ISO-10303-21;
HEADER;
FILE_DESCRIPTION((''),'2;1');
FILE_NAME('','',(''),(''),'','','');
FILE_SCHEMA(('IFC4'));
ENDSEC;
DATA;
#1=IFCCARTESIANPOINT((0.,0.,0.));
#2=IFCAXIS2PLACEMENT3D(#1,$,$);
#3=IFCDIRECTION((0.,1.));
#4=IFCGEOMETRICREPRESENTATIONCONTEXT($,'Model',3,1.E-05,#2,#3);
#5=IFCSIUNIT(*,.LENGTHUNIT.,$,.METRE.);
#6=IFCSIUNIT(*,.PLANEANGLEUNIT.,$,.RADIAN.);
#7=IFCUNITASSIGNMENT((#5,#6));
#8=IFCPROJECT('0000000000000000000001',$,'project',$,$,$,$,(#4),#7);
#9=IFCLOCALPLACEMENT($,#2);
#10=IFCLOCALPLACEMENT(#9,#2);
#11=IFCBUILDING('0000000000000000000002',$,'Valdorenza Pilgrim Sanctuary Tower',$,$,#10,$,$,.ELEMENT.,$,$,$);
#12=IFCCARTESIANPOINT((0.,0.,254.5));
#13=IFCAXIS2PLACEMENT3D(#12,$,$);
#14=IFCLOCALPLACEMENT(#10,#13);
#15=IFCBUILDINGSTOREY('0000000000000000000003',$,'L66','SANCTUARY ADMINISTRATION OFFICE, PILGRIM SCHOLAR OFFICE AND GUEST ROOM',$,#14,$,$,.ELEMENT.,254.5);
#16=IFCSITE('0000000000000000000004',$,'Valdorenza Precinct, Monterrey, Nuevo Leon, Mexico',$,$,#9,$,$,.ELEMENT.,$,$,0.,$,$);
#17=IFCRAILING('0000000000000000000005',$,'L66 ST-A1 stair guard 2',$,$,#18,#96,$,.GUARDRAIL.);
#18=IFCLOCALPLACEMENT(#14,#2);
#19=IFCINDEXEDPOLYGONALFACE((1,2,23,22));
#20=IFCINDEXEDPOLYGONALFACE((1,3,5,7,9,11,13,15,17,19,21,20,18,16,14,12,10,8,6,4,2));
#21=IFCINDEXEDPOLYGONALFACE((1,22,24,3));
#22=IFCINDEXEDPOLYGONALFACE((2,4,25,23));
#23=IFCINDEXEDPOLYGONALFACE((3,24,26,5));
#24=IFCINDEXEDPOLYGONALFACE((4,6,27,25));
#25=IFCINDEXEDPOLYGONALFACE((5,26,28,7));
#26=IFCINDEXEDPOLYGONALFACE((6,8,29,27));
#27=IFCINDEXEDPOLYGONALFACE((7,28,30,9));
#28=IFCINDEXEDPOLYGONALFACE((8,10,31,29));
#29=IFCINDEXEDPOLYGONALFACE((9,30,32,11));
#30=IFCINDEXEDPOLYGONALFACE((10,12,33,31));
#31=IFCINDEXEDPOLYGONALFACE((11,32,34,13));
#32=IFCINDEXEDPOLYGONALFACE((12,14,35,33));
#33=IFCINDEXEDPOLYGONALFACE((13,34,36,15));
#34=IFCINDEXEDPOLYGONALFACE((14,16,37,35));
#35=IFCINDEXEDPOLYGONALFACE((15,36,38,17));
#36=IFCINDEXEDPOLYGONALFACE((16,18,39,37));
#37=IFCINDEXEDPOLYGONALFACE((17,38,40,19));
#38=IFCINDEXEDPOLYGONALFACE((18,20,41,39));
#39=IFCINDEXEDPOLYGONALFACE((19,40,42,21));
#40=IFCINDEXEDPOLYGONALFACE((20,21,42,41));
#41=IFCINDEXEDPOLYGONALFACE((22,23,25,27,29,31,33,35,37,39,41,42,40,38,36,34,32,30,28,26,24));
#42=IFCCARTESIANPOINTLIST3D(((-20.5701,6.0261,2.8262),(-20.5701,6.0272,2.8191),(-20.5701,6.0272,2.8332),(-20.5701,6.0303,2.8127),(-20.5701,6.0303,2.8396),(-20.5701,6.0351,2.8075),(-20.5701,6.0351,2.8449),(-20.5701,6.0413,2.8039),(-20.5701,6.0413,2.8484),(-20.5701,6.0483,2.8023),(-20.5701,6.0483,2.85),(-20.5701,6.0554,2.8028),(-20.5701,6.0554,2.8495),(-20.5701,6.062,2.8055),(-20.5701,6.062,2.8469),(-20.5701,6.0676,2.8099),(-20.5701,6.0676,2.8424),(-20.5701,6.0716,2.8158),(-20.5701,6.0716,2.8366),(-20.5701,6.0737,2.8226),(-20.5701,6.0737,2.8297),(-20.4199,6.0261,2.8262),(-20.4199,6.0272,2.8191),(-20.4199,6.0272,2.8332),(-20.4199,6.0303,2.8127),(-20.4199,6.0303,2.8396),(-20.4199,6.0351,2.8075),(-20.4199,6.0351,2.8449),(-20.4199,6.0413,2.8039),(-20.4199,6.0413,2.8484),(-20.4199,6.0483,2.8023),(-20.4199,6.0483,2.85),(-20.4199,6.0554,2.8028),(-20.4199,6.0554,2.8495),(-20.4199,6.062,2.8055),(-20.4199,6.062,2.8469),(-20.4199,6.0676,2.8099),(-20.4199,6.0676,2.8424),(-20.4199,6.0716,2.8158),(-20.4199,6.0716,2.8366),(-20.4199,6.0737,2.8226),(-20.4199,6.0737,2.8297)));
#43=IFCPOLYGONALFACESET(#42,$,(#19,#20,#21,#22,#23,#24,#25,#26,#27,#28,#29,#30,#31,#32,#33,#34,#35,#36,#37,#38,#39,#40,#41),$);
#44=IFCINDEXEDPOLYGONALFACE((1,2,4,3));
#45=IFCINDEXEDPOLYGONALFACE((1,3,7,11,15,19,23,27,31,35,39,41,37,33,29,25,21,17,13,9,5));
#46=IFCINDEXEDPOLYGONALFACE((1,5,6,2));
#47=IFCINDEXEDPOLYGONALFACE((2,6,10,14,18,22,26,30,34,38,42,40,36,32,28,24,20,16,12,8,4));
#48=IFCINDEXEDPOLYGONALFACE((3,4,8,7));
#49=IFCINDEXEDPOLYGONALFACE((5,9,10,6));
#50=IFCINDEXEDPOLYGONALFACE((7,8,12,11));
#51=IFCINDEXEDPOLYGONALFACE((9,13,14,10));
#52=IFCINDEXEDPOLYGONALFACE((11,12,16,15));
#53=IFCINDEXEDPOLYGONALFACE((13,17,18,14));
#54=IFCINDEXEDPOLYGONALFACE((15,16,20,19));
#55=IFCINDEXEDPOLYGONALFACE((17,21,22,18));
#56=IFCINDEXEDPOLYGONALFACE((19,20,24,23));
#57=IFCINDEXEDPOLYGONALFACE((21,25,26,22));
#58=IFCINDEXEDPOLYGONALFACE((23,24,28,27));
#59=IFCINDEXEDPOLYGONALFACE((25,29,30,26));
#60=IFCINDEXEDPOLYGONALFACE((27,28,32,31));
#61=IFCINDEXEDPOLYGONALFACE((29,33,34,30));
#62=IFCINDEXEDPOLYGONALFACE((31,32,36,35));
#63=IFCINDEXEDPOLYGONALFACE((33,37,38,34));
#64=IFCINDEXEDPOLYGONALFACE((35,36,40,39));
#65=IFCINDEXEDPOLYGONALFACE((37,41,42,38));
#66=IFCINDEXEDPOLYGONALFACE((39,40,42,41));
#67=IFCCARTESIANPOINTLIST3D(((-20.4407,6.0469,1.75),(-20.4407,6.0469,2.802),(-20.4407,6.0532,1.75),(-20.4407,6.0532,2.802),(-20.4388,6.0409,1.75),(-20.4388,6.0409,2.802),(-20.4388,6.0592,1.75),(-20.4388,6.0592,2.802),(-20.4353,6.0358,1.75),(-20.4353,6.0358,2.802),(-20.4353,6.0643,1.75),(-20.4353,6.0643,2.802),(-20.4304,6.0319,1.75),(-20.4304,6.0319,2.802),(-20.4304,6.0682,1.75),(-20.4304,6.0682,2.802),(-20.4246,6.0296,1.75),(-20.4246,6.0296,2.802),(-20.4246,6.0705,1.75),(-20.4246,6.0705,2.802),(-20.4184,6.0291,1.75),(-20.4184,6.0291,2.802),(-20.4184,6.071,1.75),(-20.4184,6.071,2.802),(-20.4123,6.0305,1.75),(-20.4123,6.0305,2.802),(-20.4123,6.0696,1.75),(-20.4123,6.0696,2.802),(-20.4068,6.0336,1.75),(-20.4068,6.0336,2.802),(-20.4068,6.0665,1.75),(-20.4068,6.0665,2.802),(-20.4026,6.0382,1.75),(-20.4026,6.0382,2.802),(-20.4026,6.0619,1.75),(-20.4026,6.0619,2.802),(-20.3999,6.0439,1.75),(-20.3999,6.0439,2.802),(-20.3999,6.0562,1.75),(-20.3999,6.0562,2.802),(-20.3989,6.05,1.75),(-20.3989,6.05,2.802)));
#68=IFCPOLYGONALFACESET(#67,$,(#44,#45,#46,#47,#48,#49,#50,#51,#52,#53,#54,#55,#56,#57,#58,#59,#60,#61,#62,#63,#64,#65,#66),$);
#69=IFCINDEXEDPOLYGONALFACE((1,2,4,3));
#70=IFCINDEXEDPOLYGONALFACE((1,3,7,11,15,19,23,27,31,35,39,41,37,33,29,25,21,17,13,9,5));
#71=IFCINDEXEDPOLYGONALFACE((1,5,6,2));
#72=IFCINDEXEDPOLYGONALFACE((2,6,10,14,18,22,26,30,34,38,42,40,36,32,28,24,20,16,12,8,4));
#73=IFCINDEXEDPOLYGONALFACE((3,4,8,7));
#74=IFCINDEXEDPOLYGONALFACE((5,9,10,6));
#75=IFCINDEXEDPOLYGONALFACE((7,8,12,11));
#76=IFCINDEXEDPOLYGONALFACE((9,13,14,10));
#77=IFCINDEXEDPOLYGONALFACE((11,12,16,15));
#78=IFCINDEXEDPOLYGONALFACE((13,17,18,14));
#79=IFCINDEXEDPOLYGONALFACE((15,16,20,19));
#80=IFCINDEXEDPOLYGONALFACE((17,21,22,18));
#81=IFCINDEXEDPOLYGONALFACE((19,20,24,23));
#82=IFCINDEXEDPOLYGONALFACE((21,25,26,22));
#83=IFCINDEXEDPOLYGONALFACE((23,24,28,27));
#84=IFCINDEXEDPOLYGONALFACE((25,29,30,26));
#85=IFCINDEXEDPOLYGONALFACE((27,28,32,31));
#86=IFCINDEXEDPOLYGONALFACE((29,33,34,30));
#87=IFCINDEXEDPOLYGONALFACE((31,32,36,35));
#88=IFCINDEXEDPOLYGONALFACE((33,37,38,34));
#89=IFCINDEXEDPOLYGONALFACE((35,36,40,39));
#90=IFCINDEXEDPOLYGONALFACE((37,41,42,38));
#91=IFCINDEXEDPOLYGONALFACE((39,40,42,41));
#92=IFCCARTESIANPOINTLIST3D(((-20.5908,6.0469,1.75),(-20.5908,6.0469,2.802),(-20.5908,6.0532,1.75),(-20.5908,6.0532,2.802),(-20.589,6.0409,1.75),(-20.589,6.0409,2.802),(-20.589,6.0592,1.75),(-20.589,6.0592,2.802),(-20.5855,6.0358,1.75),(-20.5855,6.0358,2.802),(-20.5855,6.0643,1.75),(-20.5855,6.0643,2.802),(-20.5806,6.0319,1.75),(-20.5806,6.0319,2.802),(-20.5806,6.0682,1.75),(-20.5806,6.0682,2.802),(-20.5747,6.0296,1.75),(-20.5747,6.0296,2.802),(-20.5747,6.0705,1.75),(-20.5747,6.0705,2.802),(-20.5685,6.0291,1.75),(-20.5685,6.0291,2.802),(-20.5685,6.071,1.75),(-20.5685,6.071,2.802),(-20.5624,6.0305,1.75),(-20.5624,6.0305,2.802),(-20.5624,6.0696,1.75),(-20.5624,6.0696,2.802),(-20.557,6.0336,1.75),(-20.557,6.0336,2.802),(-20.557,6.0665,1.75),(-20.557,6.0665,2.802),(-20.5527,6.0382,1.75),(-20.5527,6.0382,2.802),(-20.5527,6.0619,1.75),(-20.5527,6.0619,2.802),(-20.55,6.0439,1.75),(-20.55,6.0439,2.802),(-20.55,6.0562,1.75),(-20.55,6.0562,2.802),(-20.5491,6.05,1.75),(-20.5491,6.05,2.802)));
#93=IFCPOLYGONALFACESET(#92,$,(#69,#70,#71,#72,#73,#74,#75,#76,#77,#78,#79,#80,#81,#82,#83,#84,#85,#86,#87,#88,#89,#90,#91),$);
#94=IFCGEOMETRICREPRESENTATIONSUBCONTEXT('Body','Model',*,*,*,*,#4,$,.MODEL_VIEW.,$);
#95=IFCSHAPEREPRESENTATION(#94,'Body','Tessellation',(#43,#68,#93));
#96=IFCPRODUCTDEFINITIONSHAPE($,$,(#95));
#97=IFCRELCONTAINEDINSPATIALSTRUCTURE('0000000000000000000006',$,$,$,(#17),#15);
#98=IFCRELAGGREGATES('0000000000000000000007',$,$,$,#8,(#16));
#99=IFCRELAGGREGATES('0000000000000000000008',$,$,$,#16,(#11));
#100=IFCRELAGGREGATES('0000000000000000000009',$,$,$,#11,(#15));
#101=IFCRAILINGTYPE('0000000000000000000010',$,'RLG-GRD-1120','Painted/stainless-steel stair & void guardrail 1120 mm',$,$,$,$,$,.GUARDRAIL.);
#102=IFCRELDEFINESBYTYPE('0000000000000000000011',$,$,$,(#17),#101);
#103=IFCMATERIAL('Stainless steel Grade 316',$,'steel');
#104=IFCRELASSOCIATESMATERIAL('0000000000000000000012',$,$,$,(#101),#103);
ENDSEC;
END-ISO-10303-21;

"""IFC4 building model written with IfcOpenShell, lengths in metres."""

from ifc_helpers import new_model, si_unit, direction, frame, origin, origin_2d, place, context, subcontext, project, spatial, circle, extrude, material, type_object, element, save


model = new_model("IFC4")

# Units and contexts
model_context = context("Model", 3, precision=1e-05, world=origin(), true_north=direction((0.0, 1.0)))
body_context = subcontext(model_context, "Body", "Model", "MODEL_VIEW")
ifc_project = project(units=[si_unit("LENGTHUNIT", "METRE"), si_unit("PLANEANGLEUNIT", "RADIAN")], contexts=[model_context])

# Site, building, storey
site_placement = place(None, origin())
site = spatial("IfcSite", under=ifc_project, at=site_placement, Name="Valdorenza Precinct, Monterrey, Nuevo Leon, Mexico", CompositionType="ELEMENT", RefElevation=0.0)
building_placement = place(site_placement, origin())
building = spatial("IfcBuilding", under=site, at=building_placement, Name="Valdorenza Pilgrim Sanctuary Tower", CompositionType="ELEMENT")
storey_placement = place(building_placement, frame((0.0, 0.0, 254.5)))
storey = spatial("IfcBuildingStorey", under=building, at=storey_placement, Name="L66", Description="SANCTUARY ADMINISTRATION OFFICE, PILGRIM SCHOLAR OFFICE AND GUEST ROOM", CompositionType="ELEMENT", Elevation=254.5)

# Railing
ifc_material_1 = material(Name="Stainless steel Grade 316", Category="steel")
railing_type_1 = type_object("IfcRailingType", Name="RLG-GRD-1120", Description="Painted/stainless-steel stair & void guardrail 1120 mm", PredefinedType="GUARDRAIL", material=ifc_material_1)
railing_1_placement = place(storey_placement, frame((-20.4199, 6.05, 1.75)))
element("IfcRailing", 1, at=railing_1_placement, inside=storey, type_object=railing_type_1, Name="L66 ST-A1 stair guard 2", PredefinedType="GUARDRAIL", context=body_context, shape_type="SweptSolid", body=[
    extrude(circle(Radius=0.0239, at=origin_2d()), frame((0.0, 0.0, 1.0762), z_axis=(-1.0, 0.0, 0.0), x_axis=(0.0, -1.0, 0.0)), (0.0, 0.0, 1.0), 0.1501),
    extrude(circle(Radius=0.021, at=origin_2d()), origin(), (0.0, 0.0, 1.0), 1.052),
    extrude(circle(Radius=0.021, at=origin_2d()), frame((-0.1501, 0.0, 0.0)), (0.0, 0.0, 1.0), 1.052),
])

save(model, "model.ifc")
